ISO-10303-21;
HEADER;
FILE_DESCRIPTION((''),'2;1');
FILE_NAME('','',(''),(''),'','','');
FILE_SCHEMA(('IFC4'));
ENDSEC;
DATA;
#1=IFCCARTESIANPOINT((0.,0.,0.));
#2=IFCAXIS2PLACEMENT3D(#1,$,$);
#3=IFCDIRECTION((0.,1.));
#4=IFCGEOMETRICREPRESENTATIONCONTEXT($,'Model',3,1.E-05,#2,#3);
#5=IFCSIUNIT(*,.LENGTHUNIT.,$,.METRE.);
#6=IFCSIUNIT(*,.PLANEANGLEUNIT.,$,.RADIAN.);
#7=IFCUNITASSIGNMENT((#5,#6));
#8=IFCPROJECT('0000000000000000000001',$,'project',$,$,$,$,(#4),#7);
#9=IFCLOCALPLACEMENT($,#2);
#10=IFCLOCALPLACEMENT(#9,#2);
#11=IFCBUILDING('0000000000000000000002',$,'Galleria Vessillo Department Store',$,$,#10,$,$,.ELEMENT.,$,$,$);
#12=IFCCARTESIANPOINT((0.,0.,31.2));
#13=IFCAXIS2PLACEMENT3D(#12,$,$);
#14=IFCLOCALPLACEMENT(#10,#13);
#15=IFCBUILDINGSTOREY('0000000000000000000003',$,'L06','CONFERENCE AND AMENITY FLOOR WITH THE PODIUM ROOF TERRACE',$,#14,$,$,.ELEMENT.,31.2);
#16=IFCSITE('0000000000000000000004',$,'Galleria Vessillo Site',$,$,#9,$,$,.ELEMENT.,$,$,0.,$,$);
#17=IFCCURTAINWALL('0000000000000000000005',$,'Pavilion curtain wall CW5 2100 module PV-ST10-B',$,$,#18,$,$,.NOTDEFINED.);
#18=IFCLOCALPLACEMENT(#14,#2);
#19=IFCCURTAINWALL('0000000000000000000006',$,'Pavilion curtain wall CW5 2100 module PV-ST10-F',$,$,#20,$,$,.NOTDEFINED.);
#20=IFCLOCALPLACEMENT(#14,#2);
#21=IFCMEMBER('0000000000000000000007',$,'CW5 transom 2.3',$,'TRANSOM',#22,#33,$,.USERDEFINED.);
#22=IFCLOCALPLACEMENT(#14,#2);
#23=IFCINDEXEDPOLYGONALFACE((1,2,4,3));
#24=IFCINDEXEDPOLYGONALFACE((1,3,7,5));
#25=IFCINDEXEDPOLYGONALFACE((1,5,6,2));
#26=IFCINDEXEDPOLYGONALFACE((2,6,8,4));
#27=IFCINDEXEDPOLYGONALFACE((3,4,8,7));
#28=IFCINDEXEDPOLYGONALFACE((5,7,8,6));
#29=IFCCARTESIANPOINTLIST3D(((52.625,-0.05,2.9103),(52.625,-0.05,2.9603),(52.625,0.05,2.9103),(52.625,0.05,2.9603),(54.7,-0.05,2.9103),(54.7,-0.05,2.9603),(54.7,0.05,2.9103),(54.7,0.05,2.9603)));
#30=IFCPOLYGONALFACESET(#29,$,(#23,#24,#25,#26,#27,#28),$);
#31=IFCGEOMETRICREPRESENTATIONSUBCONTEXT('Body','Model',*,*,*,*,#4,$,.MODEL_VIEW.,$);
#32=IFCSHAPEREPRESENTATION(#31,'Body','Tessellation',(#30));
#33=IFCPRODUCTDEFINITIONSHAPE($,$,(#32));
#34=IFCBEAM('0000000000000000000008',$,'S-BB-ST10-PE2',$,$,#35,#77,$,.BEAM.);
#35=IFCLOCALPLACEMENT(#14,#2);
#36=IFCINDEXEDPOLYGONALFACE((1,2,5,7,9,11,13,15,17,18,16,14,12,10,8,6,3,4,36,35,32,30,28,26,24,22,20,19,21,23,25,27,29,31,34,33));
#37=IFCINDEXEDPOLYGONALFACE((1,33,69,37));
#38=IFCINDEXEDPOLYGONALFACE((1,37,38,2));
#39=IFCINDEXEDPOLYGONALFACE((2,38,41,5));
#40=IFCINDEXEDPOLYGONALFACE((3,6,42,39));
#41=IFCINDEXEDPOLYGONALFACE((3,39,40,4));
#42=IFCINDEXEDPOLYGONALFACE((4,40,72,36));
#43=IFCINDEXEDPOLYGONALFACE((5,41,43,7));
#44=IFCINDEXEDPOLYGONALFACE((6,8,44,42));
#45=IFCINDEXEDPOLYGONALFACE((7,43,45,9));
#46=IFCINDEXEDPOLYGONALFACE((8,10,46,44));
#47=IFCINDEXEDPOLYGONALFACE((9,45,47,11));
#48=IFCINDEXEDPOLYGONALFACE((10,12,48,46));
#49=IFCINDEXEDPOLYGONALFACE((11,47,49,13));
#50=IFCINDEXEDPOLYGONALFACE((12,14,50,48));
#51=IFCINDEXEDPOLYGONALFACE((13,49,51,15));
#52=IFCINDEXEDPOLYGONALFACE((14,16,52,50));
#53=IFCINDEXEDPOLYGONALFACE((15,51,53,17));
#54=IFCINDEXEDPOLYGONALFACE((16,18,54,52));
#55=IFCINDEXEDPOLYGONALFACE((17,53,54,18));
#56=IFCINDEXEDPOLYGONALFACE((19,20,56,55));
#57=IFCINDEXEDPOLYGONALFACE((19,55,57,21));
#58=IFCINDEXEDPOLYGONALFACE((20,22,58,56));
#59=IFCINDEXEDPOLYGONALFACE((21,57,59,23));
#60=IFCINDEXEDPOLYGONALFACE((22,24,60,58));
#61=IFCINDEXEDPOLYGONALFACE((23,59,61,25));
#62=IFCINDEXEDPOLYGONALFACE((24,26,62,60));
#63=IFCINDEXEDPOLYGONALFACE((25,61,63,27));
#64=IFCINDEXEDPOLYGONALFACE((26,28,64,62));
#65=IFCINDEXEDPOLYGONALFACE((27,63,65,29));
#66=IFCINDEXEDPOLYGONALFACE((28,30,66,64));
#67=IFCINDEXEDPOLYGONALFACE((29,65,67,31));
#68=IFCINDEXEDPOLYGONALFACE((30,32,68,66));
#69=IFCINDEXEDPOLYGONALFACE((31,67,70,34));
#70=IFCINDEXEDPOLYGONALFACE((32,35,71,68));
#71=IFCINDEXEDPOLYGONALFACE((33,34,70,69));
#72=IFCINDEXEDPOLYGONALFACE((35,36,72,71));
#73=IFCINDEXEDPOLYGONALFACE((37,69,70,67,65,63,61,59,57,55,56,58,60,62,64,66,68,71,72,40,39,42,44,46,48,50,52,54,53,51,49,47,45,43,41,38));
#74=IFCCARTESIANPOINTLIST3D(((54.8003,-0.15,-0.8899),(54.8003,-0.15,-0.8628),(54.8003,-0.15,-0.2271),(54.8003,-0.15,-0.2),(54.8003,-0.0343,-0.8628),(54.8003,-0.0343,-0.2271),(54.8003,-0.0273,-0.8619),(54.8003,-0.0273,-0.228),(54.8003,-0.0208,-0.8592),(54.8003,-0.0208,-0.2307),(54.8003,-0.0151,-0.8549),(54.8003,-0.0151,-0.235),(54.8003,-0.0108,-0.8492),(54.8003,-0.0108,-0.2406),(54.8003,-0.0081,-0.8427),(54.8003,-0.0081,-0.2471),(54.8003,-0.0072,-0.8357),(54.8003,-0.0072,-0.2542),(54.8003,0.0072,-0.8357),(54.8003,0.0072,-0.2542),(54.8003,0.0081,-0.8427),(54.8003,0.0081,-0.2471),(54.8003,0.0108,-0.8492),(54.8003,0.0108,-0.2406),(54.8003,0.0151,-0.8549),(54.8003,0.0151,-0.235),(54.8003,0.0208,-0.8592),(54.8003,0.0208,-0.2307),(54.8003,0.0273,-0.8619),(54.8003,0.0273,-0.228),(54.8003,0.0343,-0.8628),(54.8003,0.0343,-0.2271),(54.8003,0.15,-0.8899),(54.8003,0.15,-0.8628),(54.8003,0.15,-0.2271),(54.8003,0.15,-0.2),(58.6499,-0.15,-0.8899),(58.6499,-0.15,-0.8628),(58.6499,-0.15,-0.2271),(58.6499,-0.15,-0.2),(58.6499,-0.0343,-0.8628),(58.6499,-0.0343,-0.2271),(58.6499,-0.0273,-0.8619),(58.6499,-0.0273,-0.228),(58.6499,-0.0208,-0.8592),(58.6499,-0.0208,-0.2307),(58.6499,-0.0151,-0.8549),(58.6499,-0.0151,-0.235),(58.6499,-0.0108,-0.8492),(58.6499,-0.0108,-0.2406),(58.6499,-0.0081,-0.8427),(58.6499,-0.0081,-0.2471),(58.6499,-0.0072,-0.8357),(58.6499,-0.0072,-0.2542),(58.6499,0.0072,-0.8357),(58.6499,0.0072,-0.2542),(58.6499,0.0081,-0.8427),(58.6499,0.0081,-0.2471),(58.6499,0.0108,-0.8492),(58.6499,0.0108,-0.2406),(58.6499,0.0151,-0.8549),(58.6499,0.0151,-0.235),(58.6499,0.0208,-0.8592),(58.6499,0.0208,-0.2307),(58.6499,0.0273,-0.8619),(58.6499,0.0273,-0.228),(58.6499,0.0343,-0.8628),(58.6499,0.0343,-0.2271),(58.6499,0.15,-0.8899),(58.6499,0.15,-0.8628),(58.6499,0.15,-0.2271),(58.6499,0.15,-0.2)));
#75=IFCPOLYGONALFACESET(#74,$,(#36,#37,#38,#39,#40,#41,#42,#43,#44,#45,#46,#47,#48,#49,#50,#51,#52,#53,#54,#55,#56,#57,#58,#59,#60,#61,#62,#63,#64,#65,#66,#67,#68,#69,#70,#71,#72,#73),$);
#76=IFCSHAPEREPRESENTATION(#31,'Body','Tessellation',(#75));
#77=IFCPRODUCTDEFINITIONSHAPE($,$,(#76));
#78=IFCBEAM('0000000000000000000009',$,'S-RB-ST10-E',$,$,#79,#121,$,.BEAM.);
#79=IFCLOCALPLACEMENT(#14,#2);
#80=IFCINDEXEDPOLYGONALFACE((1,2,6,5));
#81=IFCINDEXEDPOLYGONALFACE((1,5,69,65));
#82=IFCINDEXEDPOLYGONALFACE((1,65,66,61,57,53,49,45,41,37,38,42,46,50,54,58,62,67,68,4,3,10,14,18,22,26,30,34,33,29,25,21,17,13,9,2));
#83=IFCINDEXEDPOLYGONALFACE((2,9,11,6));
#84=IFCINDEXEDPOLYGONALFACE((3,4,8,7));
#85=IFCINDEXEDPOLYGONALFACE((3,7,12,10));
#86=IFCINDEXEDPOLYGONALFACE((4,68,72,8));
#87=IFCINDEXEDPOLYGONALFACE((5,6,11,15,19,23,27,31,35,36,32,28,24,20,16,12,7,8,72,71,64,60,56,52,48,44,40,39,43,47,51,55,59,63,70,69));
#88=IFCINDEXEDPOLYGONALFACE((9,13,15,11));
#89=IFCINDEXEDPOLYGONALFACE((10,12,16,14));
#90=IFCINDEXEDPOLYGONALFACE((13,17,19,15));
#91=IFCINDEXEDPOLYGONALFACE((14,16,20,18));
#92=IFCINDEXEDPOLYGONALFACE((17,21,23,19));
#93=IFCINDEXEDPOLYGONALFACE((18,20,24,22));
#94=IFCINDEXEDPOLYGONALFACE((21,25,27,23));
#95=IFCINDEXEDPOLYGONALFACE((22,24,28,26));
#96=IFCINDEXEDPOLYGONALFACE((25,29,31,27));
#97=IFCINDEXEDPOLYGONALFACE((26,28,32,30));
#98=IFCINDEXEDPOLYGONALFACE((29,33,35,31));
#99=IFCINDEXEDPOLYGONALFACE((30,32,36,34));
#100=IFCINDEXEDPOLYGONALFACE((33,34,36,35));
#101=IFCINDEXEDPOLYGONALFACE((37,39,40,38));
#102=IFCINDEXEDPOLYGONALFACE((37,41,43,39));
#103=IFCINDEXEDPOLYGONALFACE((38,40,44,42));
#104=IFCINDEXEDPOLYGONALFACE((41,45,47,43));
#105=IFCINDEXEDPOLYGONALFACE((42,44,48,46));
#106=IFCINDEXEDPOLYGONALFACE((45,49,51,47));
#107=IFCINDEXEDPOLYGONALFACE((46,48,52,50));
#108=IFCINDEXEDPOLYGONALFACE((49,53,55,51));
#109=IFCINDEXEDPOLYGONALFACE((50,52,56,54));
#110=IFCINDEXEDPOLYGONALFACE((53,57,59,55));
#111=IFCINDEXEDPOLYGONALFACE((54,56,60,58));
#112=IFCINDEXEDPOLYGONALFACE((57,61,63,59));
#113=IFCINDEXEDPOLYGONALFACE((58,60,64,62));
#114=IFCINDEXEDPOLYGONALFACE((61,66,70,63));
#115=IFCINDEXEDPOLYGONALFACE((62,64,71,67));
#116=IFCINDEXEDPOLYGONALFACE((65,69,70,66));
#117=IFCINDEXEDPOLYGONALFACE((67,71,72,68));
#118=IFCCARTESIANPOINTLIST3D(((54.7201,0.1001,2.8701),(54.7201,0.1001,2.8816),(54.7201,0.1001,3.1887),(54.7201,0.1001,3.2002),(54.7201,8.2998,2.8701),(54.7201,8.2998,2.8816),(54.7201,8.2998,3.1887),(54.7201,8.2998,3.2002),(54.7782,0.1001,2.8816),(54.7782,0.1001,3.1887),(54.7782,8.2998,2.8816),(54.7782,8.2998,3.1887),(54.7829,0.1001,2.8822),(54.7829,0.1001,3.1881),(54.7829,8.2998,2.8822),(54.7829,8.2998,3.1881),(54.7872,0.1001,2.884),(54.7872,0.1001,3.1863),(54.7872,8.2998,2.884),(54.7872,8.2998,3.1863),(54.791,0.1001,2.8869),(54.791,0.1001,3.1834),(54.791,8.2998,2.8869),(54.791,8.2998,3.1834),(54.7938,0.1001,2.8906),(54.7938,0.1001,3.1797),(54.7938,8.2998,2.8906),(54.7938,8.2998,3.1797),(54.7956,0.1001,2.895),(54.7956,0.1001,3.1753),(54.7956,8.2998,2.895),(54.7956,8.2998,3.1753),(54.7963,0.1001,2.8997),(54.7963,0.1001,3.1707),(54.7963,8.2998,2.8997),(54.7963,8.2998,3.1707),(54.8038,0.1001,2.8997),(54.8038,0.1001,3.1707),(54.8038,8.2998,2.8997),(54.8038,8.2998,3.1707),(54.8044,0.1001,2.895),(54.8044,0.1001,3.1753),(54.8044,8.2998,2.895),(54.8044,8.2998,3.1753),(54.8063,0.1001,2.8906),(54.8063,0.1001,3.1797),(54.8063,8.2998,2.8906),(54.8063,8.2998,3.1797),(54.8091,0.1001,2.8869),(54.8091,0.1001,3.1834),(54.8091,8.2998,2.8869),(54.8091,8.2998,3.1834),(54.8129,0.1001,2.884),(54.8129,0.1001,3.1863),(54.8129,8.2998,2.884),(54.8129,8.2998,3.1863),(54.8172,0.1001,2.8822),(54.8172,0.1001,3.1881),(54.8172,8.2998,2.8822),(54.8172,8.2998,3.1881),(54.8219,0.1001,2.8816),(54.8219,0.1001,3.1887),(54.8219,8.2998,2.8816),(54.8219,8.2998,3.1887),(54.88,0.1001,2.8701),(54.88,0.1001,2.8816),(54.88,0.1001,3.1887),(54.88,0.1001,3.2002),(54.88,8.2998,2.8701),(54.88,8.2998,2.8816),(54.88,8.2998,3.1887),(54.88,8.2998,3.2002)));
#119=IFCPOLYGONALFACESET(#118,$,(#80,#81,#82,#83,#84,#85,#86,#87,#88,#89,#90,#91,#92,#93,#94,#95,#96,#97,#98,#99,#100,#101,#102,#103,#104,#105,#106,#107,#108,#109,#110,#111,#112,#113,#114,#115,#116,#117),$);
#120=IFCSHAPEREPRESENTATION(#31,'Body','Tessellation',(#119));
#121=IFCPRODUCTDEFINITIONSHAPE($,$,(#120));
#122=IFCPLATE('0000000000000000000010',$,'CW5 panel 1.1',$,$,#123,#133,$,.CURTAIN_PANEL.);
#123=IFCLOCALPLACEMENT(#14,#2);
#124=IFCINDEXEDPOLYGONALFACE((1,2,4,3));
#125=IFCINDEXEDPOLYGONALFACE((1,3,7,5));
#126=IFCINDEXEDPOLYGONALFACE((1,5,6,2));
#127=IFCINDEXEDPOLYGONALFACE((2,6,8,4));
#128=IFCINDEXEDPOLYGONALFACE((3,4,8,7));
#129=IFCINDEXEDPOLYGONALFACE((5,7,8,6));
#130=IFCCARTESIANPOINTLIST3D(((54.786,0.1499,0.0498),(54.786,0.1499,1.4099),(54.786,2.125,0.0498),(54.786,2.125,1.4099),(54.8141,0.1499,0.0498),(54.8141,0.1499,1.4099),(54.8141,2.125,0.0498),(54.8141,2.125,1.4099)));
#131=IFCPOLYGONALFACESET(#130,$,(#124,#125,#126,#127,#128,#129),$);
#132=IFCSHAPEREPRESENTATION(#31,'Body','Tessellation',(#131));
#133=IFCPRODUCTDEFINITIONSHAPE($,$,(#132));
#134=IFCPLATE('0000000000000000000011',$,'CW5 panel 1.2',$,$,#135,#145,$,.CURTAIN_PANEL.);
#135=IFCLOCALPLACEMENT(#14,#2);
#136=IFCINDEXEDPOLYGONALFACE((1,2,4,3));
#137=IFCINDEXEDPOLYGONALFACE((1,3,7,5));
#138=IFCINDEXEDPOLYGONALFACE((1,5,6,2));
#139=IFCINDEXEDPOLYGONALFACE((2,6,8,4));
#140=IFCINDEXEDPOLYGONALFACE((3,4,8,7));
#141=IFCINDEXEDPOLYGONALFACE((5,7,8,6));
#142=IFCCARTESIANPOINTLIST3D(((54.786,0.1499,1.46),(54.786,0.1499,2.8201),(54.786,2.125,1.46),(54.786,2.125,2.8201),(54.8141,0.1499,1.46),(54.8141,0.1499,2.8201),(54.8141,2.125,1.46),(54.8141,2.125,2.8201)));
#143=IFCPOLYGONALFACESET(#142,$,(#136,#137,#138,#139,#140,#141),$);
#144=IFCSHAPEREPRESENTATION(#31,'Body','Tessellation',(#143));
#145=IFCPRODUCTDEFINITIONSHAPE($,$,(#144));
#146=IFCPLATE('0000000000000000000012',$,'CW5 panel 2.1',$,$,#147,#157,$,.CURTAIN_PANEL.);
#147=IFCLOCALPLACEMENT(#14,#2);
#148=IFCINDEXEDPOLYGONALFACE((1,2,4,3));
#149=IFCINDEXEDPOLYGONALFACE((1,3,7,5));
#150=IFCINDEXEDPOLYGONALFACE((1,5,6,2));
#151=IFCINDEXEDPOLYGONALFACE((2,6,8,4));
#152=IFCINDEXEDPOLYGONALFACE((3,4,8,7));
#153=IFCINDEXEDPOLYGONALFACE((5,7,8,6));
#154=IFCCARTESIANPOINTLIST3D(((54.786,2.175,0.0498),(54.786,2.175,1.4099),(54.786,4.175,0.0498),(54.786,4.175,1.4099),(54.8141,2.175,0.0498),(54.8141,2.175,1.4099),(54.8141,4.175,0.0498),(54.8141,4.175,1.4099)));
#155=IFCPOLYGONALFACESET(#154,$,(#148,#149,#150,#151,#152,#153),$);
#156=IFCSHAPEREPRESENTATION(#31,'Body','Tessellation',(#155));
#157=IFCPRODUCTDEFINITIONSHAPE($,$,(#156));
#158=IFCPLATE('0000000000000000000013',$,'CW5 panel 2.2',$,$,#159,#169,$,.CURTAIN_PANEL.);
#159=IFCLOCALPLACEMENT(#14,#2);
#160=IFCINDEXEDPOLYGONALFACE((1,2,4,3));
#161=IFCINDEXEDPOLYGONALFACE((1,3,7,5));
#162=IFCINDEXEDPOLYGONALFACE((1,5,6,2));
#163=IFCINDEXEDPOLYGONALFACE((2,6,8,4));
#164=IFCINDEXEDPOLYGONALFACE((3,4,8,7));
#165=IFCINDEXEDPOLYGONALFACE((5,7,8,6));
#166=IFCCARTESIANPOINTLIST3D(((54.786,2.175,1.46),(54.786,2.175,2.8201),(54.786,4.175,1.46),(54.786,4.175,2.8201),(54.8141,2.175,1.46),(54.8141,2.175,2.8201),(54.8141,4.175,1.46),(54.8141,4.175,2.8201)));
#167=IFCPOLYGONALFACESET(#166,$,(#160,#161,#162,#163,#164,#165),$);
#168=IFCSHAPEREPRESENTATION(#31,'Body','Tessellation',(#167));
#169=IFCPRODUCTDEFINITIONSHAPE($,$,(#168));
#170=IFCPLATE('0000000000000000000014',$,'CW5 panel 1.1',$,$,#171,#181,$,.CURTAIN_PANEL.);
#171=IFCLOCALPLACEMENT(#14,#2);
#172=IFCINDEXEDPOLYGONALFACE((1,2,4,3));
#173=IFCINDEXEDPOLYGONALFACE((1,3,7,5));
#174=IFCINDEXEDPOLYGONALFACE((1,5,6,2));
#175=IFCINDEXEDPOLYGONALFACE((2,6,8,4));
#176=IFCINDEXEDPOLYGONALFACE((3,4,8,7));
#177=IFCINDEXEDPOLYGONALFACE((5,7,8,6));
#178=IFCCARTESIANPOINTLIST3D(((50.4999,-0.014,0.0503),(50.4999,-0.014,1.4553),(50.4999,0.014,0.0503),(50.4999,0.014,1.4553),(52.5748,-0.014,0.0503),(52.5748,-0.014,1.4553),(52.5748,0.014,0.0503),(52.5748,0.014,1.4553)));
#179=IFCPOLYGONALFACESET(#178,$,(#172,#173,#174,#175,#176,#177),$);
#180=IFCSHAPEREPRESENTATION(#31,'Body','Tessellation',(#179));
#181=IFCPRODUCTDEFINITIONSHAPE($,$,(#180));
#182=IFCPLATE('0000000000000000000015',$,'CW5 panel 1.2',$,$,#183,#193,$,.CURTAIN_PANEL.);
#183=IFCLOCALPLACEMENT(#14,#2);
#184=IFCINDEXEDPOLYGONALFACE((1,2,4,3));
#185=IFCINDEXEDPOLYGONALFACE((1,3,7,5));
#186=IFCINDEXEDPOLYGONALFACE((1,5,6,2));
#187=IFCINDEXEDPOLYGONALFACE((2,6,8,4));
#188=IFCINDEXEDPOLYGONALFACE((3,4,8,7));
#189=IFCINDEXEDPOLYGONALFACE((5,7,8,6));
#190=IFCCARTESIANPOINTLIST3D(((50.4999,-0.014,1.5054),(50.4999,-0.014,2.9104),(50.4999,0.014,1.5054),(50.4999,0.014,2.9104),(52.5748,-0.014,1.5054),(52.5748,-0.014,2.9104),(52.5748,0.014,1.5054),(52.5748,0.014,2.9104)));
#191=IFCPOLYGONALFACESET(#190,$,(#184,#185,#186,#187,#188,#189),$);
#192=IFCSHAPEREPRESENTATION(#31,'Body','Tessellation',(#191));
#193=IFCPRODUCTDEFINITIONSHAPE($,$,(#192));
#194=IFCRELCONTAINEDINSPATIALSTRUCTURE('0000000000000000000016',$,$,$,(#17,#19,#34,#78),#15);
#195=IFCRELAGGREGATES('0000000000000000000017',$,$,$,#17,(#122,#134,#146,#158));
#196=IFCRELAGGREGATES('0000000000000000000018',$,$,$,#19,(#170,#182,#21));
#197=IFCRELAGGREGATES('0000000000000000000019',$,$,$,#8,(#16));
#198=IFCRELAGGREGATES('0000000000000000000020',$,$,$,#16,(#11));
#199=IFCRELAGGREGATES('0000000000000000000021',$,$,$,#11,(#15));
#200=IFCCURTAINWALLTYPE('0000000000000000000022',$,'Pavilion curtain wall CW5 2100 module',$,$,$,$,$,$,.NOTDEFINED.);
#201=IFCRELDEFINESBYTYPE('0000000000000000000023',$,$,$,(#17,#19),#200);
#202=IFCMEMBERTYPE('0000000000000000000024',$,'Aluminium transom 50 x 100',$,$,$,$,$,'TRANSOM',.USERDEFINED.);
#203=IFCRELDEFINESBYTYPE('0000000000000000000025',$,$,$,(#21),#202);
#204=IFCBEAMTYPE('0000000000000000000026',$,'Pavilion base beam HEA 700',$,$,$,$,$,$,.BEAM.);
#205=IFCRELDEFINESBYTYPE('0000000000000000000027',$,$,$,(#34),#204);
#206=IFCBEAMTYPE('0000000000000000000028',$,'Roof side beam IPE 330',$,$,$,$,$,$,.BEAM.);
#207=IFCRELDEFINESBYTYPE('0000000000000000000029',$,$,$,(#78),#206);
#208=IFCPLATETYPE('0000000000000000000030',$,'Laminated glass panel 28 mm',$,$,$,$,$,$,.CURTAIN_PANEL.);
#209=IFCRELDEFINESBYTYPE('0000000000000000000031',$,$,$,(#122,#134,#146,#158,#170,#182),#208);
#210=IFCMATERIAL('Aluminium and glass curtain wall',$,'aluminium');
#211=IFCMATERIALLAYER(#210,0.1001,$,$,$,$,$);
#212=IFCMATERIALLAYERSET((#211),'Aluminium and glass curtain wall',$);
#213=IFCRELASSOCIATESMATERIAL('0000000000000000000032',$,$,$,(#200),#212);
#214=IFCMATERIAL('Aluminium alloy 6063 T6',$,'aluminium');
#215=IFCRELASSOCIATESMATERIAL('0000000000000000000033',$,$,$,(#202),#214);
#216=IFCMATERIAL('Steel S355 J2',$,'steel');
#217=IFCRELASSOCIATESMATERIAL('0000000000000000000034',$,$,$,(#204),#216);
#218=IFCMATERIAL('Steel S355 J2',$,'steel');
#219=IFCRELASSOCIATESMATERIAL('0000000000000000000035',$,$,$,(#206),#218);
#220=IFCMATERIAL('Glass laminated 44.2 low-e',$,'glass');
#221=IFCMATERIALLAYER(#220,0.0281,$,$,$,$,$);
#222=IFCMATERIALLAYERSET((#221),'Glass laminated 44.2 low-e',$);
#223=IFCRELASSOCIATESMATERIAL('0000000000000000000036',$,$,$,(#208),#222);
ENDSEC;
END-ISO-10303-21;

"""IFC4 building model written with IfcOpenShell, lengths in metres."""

from ifc_helpers import new_model, si_unit, direction, frame, origin, origin_2d, place, context, subcontext, project, spatial, rectangle, i_section, extrude, material, layer, layer_set, material_profile, profile_set, type_object, element, aggregate, save


model = new_model("IFC4")

# Units and contexts
model_context = context("Model", 3, precision=1e-05, world=origin(), true_north=direction((0.0, 1.0)))
body_context = subcontext(model_context, "Body", "Model", "MODEL_VIEW")
ifc_project = project(units=[si_unit("LENGTHUNIT", "METRE"), si_unit("PLANEANGLEUNIT", "RADIAN")], contexts=[model_context])

# Site, building, storey
site_placement = place(None, origin())
site = spatial("IfcSite", under=ifc_project, at=site_placement, Name="Galleria Vessillo Site", CompositionType="ELEMENT", RefElevation=0.0)
building_placement = place(site_placement, origin())
building = spatial("IfcBuilding", under=site, at=building_placement, Name="Galleria Vessillo Department Store", CompositionType="ELEMENT")
storey_placement = place(building_placement, frame((0.0, 0.0, 31.2)))
storey = spatial("IfcBuildingStorey", under=building, at=storey_placement, Name="L06", Description="CONFERENCE AND AMENITY FLOOR WITH THE PODIUM ROOF TERRACE", CompositionType="ELEMENT", Elevation=31.2)

# Curtain walls
ifc_material_1 = material(Name="Aluminium and glass curtain wall", Category="aluminium")
ifc_layer_1 = layer(ifc_material_1, 0.1001)
ifc_layer_set_1 = layer_set([ifc_layer_1], Name="Aluminium and glass curtain wall")
curtain_wall_type = type_object("IfcCurtainWallType", Name="Pavilion curtain wall CW5 2100 module", PredefinedType="NOTDEFINED", material=ifc_layer_set_1)
curtain_wall_1_placement = place(storey_placement, origin())
curtain_wall_1 = element("IfcCurtainWall", 1, at=curtain_wall_1_placement, inside=storey, type_object=curtain_wall_type, Name="Pavilion curtain wall CW5 2100 module PV-ST10-B", PredefinedType="NOTDEFINED")
curtain_wall_2_placement = place(storey_placement, origin())
curtain_wall_2 = element("IfcCurtainWall", 2, at=curtain_wall_2_placement, inside=storey, type_object=curtain_wall_type, Name="Pavilion curtain wall CW5 2100 module PV-ST10-F", PredefinedType="NOTDEFINED")

# Member
ifc_material_2 = material(Name="Aluminium alloy 6063 T6", Category="aluminium")
ifc_material_profile_1 = material_profile(ifc_material_2, rectangle(XDim=0.1001, YDim=0.05, at=origin_2d()), Name="AL 50x100")
ifc_profile_set_1 = profile_set([ifc_material_profile_1], Name="Aluminium alloy 6063 T6")
member_type_1 = type_object("IfcMemberType", Name="Aluminium transom 50 x 100", ElementType="TRANSOM", PredefinedType="USERDEFINED", material=ifc_profile_set_1)
member_1_placement = place(storey_placement, frame((52.625, 0.0, 2.9353), z_axis=(1.0, 0.0, 0.0), x_axis=(0.0, 1.0, 0.0)))
member_1 = element("IfcMember", 3, at=member_1_placement, type_object=member_type_1, Name="CW5 transom 2.3", ObjectType="TRANSOM", PredefinedType="USERDEFINED", context=body_context, shape_type="SweptSolid", body=[
    extrude(rectangle(XDim=0.1001, YDim=0.05, at=origin_2d()), origin(), (0.0, 0.0, 1.0), 2.075),
])

# Beams
ifc_material_3 = material(Name="Steel S355 J2", Category="steel")
ifc_material_profile_2 = material_profile(ifc_material_3, i_section(OverallWidth=0.3, OverallDepth=0.6899, WebThickness=0.0144, FlangeThickness=0.0271, FilletRadius=0.0271, at=origin_2d()), Name="HEA 700")
ifc_profile_set_2 = profile_set([ifc_material_profile_2], Name="Steel S355 J2")
beam_type_1 = type_object("IfcBeamType", Name="Pavilion base beam HEA 700", PredefinedType="BEAM", material=ifc_profile_set_2)
beam_1_placement = place(storey_placement, frame((54.8003, 0.0, -0.5449), z_axis=(1.0, 0.0, 0.0), x_axis=(0.0, 1.0, 0.0)))
element("IfcBeam", 4, at=beam_1_placement, inside=storey, type_object=beam_type_1, Name="S-BB-ST10-PE2", PredefinedType="BEAM", context=body_context, shape_type="SweptSolid", body=[
    extrude(i_section(OverallWidth=0.3, OverallDepth=0.6899, WebThickness=0.0144, FlangeThickness=0.0271, FilletRadius=0.0271, at=origin_2d()), origin(), (0.0, 0.0, 1.0), 3.8496),
])
ifc_material_4 = material(Name="Steel S355 J2", Category="steel")
ifc_material_profile_3 = material_profile(ifc_material_4, i_section(OverallWidth=0.1599, OverallDepth=0.3301, WebThickness=0.0076, FlangeThickness=0.0115, FilletRadius=0.0181, at=origin_2d()), Name="IPE 330")
ifc_profile_set_3 = profile_set([ifc_material_profile_3], Name="Steel S355 J2")
beam_type_2 = type_object("IfcBeamType", Name="Roof side beam IPE 330", PredefinedType="BEAM", material=ifc_profile_set_3)
beam_2_placement = place(storey_placement, frame((54.8, 0.1001, 3.0352), z_axis=(0.0, 1.0, 0.0), x_axis=(-1.0, 0.0, 0.0)))
element("IfcBeam", 5, at=beam_2_placement, inside=storey, type_object=beam_type_2, Name="S-RB-ST10-E", PredefinedType="BEAM", context=body_context, shape_type="SweptSolid", body=[
    extrude(i_section(OverallWidth=0.1599, OverallDepth=0.3301, WebThickness=0.0076, FlangeThickness=0.0115, FilletRadius=0.0181, at=origin_2d()), origin(), (0.0, 0.0, 1.0), 8.1997),
])

# Plates
ifc_material_5 = material(Name="Glass laminated 44.2 low-e", Category="glass")
ifc_layer_2 = layer(ifc_material_5, 0.0281)
ifc_layer_set_2 = layer_set([ifc_layer_2], Name="Glass laminated 44.2 low-e")
plate_type = type_object("IfcPlateType", Name="Laminated glass panel 28 mm", PredefinedType="CURTAIN_PANEL", material=ifc_layer_set_2)
plate_1_placement = place(storey_placement, frame((54.8, 1.1375, 0.0498), z_axis=(0.0, 0.0, 1.0), x_axis=(0.0, 1.0, 0.0)))
plate_1 = element("IfcPlate", 6, at=plate_1_placement, type_object=plate_type, Name="CW5 panel 1.1", PredefinedType="CURTAIN_PANEL", context=body_context, shape_type="SweptSolid", body=[
    extrude(rectangle(XDim=1.9751, YDim=0.0281, at=origin_2d()), origin(), (0.0, 0.0, 1.0), 1.3601),
])
plate_2_placement = place(storey_placement, frame((54.8, 1.1375, 1.46), z_axis=(0.0, 0.0, 1.0), x_axis=(0.0, 1.0, 0.0)))
plate_2 = element("IfcPlate", 7, at=plate_2_placement, type_object=plate_type, Name="CW5 panel 1.2", PredefinedType="CURTAIN_PANEL", context=body_context, shape_type="SweptSolid", body=[
    extrude(rectangle(XDim=1.9751, YDim=0.0281, at=origin_2d()), origin(), (0.0, 0.0, 1.0), 1.3601),
])
plate_3_placement = place(storey_placement, frame((54.8, 3.175, 0.0498), z_axis=(0.0, 0.0, 1.0), x_axis=(0.0, 1.0, 0.0)))
plate_3 = element("IfcPlate", 8, at=plate_3_placement, type_object=plate_type, Name="CW5 panel 2.1", PredefinedType="CURTAIN_PANEL", context=body_context, shape_type="SweptSolid", body=[
    extrude(rectangle(XDim=2.0, YDim=0.0281, at=origin_2d()), origin(), (0.0, 0.0, 1.0), 1.3601),
])
plate_4_placement = place(storey_placement, frame((54.8, 3.175, 1.46), z_axis=(0.0, 0.0, 1.0), x_axis=(0.0, 1.0, 0.0)))
plate_4 = element("IfcPlate", 9, at=plate_4_placement, type_object=plate_type, Name="CW5 panel 2.2", PredefinedType="CURTAIN_PANEL", context=body_context, shape_type="SweptSolid", body=[
    extrude(rectangle(XDim=2.0, YDim=0.0281, at=origin_2d()), origin(), (0.0, 0.0, 1.0), 1.3601),
])
aggregate(curtain_wall_1, [plate_1, plate_2, plate_3, plate_4])
plate_5_placement = place(storey_placement, frame((51.5374, 0.0, 0.0503), z_axis=(0.0, 0.0, 1.0), x_axis=(1.0, 0.0, 0.0)))
plate_5 = element("IfcPlate", 10, at=plate_5_placement, type_object=plate_type, Name="CW5 panel 1.1", PredefinedType="CURTAIN_PANEL", context=body_context, shape_type="SweptSolid", body=[
    extrude(rectangle(XDim=2.075, YDim=0.0281, at=origin_2d()), origin(), (0.0, 0.0, 1.0), 1.405),
])
plate_6_placement = place(storey_placement, frame((51.5374, 0.0, 1.5054), z_axis=(0.0, 0.0, 1.0), x_axis=(1.0, 0.0, 0.0)))
plate_6 = element("IfcPlate", 11, at=plate_6_placement, type_object=plate_type, Name="CW5 panel 1.2", PredefinedType="CURTAIN_PANEL", context=body_context, shape_type="SweptSolid", body=[
    extrude(rectangle(XDim=2.075, YDim=0.0281, at=origin_2d()), origin(), (0.0, 0.0, 1.0), 1.405),
])
aggregate(curtain_wall_2, [plate_5, plate_6, member_1])

save(model, "model.ifc")
